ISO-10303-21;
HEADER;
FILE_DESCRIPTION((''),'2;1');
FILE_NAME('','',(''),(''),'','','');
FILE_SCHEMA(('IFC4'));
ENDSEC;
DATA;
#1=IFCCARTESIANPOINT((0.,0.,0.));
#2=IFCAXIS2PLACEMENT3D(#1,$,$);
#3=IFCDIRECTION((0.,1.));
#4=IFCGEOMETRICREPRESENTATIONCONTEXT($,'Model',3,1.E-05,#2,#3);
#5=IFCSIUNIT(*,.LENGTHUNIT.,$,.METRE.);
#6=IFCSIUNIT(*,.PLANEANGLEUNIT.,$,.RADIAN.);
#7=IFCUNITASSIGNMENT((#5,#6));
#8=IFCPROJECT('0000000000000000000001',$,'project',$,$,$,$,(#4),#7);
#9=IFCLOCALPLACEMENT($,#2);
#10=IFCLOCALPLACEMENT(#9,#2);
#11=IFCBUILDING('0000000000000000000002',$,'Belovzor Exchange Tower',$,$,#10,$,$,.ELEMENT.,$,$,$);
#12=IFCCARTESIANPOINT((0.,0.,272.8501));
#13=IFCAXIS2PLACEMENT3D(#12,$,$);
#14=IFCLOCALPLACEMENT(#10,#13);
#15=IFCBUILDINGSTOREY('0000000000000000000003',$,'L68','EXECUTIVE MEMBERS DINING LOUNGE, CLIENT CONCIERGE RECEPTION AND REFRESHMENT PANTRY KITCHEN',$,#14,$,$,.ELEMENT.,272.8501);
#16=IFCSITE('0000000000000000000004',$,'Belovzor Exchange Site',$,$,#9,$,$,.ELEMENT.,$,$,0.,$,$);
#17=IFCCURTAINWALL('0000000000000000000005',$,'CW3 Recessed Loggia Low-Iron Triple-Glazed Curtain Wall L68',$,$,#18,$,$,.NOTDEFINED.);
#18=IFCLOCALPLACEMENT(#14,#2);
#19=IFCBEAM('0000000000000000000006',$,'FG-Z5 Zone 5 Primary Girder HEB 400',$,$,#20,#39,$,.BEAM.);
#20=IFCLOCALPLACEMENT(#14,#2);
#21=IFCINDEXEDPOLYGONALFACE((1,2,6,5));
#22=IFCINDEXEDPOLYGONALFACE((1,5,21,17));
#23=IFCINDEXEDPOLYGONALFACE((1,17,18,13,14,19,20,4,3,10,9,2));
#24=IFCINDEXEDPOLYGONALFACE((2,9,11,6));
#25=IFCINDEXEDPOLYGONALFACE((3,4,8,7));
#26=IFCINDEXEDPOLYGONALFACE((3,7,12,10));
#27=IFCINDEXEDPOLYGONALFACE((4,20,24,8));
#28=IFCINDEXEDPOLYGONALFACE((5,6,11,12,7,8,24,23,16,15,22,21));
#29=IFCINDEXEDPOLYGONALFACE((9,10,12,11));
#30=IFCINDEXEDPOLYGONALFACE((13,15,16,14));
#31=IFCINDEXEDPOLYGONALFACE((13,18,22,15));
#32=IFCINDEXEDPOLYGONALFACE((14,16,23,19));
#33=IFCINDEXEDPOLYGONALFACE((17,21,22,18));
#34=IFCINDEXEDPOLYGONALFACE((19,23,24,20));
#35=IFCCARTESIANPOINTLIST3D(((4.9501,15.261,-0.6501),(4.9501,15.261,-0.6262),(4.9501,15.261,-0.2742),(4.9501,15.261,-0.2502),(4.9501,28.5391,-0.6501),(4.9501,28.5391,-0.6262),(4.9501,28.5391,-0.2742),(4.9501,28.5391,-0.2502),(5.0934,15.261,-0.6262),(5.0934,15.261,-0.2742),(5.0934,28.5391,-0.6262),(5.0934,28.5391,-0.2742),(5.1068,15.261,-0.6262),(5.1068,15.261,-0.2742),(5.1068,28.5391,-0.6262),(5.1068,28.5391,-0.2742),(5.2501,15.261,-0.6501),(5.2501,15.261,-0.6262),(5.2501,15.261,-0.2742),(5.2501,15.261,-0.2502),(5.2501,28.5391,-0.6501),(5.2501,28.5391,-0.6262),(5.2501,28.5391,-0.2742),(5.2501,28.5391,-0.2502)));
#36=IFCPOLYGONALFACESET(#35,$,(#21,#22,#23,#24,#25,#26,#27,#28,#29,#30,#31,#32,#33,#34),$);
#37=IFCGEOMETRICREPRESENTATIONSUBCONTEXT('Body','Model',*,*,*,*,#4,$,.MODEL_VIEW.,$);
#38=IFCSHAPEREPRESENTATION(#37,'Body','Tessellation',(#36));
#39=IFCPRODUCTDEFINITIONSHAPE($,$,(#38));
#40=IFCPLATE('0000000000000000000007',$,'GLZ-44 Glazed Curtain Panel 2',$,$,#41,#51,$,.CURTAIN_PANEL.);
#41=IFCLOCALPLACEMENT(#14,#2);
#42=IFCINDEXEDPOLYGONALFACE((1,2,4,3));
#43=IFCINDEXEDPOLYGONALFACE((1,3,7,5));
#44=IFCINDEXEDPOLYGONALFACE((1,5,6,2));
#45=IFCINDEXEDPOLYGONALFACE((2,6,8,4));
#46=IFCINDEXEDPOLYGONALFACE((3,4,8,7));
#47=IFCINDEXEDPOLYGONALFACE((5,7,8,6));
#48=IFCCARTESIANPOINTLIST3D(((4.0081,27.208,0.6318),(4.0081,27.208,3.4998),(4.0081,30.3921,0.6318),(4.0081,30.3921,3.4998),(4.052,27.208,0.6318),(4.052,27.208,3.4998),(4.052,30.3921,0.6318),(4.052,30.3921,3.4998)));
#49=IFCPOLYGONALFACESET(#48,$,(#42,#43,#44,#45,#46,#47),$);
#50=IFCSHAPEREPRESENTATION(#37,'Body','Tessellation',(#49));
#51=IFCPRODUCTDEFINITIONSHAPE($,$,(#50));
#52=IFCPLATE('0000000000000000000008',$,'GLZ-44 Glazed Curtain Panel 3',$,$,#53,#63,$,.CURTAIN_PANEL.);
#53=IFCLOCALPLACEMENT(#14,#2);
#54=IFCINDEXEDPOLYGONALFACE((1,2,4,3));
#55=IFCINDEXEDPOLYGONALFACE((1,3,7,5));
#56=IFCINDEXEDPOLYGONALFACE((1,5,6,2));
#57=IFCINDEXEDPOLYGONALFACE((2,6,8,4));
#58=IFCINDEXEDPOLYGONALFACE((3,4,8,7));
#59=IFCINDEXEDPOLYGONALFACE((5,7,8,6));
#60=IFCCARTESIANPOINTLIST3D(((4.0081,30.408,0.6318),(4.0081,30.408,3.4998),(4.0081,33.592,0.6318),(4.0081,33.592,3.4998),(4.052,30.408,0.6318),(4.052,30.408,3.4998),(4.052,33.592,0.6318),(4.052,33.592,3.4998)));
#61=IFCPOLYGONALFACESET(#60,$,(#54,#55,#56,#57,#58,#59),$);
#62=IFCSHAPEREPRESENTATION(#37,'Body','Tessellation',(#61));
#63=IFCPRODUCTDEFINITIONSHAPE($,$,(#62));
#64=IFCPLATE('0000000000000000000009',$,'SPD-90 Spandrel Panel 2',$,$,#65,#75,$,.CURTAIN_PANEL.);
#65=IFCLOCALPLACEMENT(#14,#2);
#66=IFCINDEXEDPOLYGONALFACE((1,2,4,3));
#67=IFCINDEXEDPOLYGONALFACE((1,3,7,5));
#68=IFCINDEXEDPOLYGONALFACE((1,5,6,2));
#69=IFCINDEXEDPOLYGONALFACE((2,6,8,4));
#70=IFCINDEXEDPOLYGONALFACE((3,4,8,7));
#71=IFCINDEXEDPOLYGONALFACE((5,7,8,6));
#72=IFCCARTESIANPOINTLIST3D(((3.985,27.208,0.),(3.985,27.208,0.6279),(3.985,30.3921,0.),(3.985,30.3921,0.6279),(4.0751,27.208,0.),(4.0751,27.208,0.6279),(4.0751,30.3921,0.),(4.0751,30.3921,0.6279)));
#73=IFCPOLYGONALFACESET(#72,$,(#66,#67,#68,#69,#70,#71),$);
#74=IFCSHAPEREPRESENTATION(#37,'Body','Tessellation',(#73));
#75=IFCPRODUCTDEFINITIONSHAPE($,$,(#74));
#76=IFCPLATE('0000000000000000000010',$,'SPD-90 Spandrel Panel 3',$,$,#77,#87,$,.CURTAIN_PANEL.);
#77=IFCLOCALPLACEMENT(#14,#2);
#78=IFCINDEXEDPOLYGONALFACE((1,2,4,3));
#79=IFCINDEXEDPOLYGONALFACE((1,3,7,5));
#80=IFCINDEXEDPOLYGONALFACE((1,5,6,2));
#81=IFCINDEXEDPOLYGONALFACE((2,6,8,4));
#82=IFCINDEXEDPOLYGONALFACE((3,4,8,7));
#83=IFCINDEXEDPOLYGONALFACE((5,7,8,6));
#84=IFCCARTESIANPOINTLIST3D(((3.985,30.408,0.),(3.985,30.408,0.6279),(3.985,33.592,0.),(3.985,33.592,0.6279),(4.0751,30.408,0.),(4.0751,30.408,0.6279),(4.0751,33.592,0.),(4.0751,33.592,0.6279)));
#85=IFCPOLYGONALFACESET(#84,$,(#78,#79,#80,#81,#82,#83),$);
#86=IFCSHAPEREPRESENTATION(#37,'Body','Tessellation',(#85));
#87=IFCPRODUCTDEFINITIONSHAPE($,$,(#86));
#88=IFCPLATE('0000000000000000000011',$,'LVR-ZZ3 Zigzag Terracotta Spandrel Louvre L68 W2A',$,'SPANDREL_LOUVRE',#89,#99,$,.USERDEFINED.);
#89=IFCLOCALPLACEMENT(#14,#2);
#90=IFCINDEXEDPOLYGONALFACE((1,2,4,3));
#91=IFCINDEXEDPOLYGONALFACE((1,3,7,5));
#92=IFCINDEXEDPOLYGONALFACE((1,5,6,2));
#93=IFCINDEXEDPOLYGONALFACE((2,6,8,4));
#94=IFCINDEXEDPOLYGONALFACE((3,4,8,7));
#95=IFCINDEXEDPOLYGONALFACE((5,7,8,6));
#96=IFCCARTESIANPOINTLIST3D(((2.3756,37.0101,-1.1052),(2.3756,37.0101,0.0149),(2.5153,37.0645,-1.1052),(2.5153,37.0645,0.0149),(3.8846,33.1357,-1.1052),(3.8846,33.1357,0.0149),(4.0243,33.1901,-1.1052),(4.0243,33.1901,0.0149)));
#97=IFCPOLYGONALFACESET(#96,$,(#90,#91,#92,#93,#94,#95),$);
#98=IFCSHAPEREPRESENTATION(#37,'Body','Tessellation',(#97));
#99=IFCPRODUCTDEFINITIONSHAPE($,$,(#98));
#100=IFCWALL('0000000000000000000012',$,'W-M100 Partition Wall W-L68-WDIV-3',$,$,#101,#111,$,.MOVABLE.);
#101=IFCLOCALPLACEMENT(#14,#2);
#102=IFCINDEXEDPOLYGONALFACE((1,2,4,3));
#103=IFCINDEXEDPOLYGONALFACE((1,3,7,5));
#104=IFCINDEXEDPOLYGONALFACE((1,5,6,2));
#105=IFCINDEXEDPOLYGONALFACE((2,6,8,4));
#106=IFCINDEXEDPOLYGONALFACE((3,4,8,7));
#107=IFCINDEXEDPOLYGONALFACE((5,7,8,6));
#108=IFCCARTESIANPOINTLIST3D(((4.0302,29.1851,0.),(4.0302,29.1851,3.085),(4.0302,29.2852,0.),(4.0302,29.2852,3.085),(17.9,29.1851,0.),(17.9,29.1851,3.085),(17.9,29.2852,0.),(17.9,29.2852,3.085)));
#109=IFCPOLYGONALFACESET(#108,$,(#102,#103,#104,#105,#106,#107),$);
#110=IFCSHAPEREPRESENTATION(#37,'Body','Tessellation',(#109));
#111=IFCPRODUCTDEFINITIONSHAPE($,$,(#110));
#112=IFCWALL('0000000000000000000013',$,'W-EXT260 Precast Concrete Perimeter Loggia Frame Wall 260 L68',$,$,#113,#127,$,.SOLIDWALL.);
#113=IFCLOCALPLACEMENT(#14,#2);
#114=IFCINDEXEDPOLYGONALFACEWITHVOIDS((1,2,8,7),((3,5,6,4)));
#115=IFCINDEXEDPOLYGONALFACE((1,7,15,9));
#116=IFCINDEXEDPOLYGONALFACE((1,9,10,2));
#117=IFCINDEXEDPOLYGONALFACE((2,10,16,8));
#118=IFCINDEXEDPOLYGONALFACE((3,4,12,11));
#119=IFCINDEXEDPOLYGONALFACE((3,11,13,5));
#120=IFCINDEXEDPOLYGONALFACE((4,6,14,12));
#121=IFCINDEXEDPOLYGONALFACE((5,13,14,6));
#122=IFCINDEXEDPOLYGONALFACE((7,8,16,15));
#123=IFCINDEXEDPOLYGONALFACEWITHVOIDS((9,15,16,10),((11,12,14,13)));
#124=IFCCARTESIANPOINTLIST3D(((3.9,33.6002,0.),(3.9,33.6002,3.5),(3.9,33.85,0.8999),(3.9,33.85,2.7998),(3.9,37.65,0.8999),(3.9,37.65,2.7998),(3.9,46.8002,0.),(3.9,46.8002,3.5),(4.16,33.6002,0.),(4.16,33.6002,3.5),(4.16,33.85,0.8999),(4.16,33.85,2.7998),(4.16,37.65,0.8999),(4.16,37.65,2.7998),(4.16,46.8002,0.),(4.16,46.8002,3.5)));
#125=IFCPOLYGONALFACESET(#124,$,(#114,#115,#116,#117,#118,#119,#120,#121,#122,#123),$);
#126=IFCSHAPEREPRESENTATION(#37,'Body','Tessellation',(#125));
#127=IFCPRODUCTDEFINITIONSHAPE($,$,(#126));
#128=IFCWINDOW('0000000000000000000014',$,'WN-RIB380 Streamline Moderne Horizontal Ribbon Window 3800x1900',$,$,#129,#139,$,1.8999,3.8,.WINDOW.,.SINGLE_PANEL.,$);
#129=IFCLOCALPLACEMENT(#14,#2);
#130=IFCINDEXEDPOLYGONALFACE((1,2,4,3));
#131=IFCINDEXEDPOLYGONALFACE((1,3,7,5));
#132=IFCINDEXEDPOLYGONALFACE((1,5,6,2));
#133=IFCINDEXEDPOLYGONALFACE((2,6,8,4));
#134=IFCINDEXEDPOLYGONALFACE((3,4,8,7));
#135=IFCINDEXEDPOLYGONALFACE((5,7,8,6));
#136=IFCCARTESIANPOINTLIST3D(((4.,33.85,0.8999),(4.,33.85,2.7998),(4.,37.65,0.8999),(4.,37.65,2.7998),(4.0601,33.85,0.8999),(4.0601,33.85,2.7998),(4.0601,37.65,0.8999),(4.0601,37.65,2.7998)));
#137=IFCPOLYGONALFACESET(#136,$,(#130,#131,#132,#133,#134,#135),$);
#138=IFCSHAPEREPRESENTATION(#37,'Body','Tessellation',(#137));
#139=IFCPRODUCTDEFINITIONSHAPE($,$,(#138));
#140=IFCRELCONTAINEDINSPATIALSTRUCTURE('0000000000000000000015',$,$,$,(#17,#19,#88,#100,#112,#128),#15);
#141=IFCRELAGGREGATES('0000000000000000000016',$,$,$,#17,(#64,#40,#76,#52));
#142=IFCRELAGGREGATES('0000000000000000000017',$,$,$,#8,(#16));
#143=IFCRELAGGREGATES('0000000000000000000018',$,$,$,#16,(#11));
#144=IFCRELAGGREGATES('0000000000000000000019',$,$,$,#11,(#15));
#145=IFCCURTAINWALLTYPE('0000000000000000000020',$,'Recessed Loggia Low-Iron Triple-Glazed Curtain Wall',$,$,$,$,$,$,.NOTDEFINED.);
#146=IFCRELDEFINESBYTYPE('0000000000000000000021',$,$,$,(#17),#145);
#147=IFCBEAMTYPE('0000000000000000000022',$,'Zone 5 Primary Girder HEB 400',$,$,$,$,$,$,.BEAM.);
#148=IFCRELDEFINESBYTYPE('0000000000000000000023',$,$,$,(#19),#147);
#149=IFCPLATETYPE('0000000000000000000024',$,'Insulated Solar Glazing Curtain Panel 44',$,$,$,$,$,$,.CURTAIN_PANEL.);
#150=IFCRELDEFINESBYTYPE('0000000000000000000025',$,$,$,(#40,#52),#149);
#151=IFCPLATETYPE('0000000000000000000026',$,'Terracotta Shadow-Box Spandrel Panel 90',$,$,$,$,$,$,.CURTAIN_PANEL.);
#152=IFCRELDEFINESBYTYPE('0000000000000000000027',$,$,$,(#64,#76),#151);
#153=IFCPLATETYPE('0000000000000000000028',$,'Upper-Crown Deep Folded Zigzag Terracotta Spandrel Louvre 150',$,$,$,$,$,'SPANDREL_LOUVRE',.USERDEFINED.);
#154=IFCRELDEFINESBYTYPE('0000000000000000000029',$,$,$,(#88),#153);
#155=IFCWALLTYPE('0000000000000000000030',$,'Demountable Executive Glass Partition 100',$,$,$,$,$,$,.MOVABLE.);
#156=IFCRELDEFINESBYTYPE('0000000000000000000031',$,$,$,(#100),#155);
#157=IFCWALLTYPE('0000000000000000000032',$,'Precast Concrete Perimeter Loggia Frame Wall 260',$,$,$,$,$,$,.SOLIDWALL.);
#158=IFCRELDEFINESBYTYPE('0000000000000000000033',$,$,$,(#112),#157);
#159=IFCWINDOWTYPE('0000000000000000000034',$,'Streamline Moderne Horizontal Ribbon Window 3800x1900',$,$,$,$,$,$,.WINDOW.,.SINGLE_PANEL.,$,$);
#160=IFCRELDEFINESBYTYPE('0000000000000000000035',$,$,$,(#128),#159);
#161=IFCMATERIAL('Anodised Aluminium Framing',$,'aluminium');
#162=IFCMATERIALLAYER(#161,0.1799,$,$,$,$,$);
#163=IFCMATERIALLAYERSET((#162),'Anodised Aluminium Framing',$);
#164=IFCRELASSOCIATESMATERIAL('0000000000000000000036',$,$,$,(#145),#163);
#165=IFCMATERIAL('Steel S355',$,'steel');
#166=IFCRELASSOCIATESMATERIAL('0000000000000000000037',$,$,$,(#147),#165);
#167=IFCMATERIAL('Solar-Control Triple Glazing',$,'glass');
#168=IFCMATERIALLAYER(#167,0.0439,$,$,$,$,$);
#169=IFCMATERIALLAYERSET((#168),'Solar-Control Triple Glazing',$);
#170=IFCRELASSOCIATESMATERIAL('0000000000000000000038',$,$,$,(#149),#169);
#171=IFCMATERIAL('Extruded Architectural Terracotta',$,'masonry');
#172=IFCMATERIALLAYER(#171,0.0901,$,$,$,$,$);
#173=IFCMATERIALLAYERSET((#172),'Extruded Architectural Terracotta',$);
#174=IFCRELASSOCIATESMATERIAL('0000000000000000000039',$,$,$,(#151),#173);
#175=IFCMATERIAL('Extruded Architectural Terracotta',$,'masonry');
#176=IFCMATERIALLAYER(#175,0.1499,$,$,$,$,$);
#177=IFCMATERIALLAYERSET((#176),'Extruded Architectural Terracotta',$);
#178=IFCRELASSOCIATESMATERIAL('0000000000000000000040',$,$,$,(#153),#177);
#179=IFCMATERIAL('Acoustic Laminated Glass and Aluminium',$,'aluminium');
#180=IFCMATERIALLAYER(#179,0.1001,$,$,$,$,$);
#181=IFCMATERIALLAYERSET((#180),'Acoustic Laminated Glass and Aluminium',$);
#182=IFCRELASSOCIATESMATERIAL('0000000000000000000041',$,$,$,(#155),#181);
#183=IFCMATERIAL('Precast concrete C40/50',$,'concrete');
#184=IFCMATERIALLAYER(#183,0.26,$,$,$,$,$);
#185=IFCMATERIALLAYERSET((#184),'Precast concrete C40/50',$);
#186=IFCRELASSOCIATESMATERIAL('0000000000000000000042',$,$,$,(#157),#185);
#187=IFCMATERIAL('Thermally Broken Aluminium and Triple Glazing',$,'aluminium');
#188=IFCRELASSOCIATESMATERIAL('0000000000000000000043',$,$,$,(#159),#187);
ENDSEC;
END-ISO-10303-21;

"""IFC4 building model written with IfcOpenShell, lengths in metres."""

from ifc_helpers import new_model, si_unit, direction, frame, frame_2d, origin, origin_2d, place, context, subcontext, project, spatial, rectangle, i_section, extrude, material, layer, layer_set, material_profile, profile_set, type_object, element, fill, aggregate, save


model = new_model("IFC4")

# Units and contexts
model_context = context("Model", 3, precision=1e-05, world=origin(), true_north=direction((0.0, 1.0)))
body_context = subcontext(model_context, "Body", "Model", "MODEL_VIEW")
ifc_project = project(units=[si_unit("LENGTHUNIT", "METRE"), si_unit("PLANEANGLEUNIT", "RADIAN")], contexts=[model_context])

# Site, building, storey
site_placement = place(None, origin())
site = spatial("IfcSite", under=ifc_project, at=site_placement, Name="Belovzor Exchange Site", CompositionType="ELEMENT", RefElevation=0.0)
building_placement = place(site_placement, origin())
building = spatial("IfcBuilding", under=site, at=building_placement, Name="Belovzor Exchange Tower", CompositionType="ELEMENT")
storey_placement = place(building_placement, frame((0.0, 0.0, 272.8501)))
storey = spatial("IfcBuildingStorey", under=building, at=storey_placement, Name="L68", Description="EXECUTIVE MEMBERS DINING LOUNGE, CLIENT CONCIERGE RECEPTION AND REFRESHMENT PANTRY KITCHEN", CompositionType="ELEMENT", Elevation=272.8501)

# Curtain wall
ifc_material_1 = material(Name="Anodised Aluminium Framing", Category="aluminium")
ifc_layer_1 = layer(ifc_material_1, 0.1799)
ifc_layer_set_1 = layer_set([ifc_layer_1], Name="Anodised Aluminium Framing")
curtain_wall_type = type_object("IfcCurtainWallType", Name="Recessed Loggia Low-Iron Triple-Glazed Curtain Wall", PredefinedType="NOTDEFINED", material=ifc_layer_set_1)
curtain_wall_placement = place(storey_placement, origin())
curtain_wall = element("IfcCurtainWall", 1, at=curtain_wall_placement, inside=storey, type_object=curtain_wall_type, Name="CW3 Recessed Loggia Low-Iron Triple-Glazed Curtain Wall L68", PredefinedType="NOTDEFINED")

# Beam
ifc_material_2 = material(Name="Steel S355", Category="steel")
ifc_material_profile_1 = material_profile(ifc_material_2, i_section(OverallWidth=0.3, OverallDepth=0.3999, WebThickness=0.0134, FlangeThickness=0.0239, at=origin_2d()))
ifc_profile_set_1 = profile_set([ifc_material_profile_1], Name="Steel S355")
beam_type_1 = type_object("IfcBeamType", Name="Zone 5 Primary Girder HEB 400", PredefinedType="BEAM", material=ifc_profile_set_1)
beam_1_placement = place(storey_placement, frame((5.1001, 28.5391, -0.4502), z_axis=(0.0, -1.0, 0.0), x_axis=(1.0, 0.0, 0.0)))
element("IfcBeam", 2, at=beam_1_placement, inside=storey, type_object=beam_type_1, Name="FG-Z5 Zone 5 Primary Girder HEB 400", PredefinedType="BEAM", context=body_context, shape_type="SweptSolid", body=[
    extrude(i_section(OverallWidth=0.3, OverallDepth=0.3999, WebThickness=0.0134, FlangeThickness=0.0239, at=origin_2d()), origin(), (0.0, 0.0, 1.0), 13.2781),
])

# Plates
ifc_material_3 = material(Name="Solar-Control Triple Glazing", Category="glass")
ifc_layer_2 = layer(ifc_material_3, 0.0439)
ifc_layer_set_2 = layer_set([ifc_layer_2], Name="Solar-Control Triple Glazing")
plate_type_1 = type_object("IfcPlateType", Name="Insulated Solar Glazing Curtain Panel 44", PredefinedType="CURTAIN_PANEL", material=ifc_layer_set_2)
plate_1_placement = place(storey_placement, frame((4.03, 28.8, 0.6318), z_axis=(0.0, 0.0, 1.0), x_axis=(0.0, 1.0, 0.0)))
plate_1 = element("IfcPlate", 3, at=plate_1_placement, type_object=plate_type_1, Name="GLZ-44 Glazed Curtain Panel 2", PredefinedType="CURTAIN_PANEL", context=body_context, shape_type="SweptSolid", body=[
    extrude(rectangle(XDim=3.1841, YDim=0.0439, at=origin_2d()), origin(), (0.0, 0.0, 1.0), 2.8679),
])
plate_2_placement = place(storey_placement, frame((4.03, 32.0, 0.6318), z_axis=(0.0, 0.0, 1.0), x_axis=(0.0, 1.0, 0.0)))
plate_2 = element("IfcPlate", 4, at=plate_2_placement, type_object=plate_type_1, Name="GLZ-44 Glazed Curtain Panel 3", PredefinedType="CURTAIN_PANEL", context=body_context, shape_type="SweptSolid", body=[
    extrude(rectangle(XDim=3.1841, YDim=0.0439, at=origin_2d()), origin(), (0.0, 0.0, 1.0), 2.8679),
])
ifc_material_4 = material(Name="Extruded Architectural Terracotta", Category="masonry")
ifc_layer_3 = layer(ifc_material_4, 0.0901)
ifc_layer_set_3 = layer_set([ifc_layer_3], Name="Extruded Architectural Terracotta")
plate_type_2 = type_object("IfcPlateType", Name="Terracotta Shadow-Box Spandrel Panel 90", PredefinedType="CURTAIN_PANEL", material=ifc_layer_set_3)
plate_3_placement = place(storey_placement, frame((4.03, 28.8, 0.0), z_axis=(0.0, 0.0, 1.0), x_axis=(0.0, 1.0, 0.0)))
plate_3 = element("IfcPlate", 5, at=plate_3_placement, type_object=plate_type_2, Name="SPD-90 Spandrel Panel 2", PredefinedType="CURTAIN_PANEL", context=body_context, shape_type="SweptSolid", body=[
    extrude(rectangle(XDim=3.1841, YDim=0.0901, at=origin_2d()), origin(), (0.0, 0.0, 1.0), 0.6279),
])
plate_4_placement = place(storey_placement, frame((4.03, 32.0, 0.0), z_axis=(0.0, 0.0, 1.0), x_axis=(0.0, 1.0, 0.0)))
plate_4 = element("IfcPlate", 6, at=plate_4_placement, type_object=plate_type_2, Name="SPD-90 Spandrel Panel 3", PredefinedType="CURTAIN_PANEL", context=body_context, shape_type="SweptSolid", body=[
    extrude(rectangle(XDim=3.1841, YDim=0.0901, at=origin_2d()), origin(), (0.0, 0.0, 1.0), 0.6279),
])
aggregate(curtain_wall, [plate_3, plate_1, plate_4, plate_2])
ifc_material_5 = material(Name="Extruded Architectural Terracotta", Category="masonry")
ifc_layer_4 = layer(ifc_material_5, 0.1499)
ifc_layer_set_4 = layer_set([ifc_layer_4], Name="Extruded Architectural Terracotta")
plate_type_3 = type_object("IfcPlateType", Name="Upper-Crown Deep Folded Zigzag Terracotta Spandrel Louvre 150", ElementType="SPANDREL_LOUVRE", PredefinedType="USERDEFINED", material=ifc_layer_set_4)
plate_5_placement = place(storey_placement, frame((3.2, 35.1001, -1.1052), z_axis=(0.0, 0.0, 1.0), x_axis=(-0.362926, 0.931818, 0.0)))
element("IfcPlate", 7, at=plate_5_placement, inside=storey, type_object=plate_type_3, Name="LVR-ZZ3 Zigzag Terracotta Spandrel Louvre L68 W2A", ObjectType="SPANDREL_LOUVRE", PredefinedType="USERDEFINED", context=body_context, shape_type="SweptSolid", body=[
    extrude(rectangle(XDim=4.158, YDim=0.1499, at=origin_2d()), origin(), (0.0, 0.0, 1.0), 1.1201),
])

# Wall
ifc_material_6 = material(Name="Acoustic Laminated Glass and Aluminium", Category="aluminium")
ifc_layer_5 = layer(ifc_material_6, 0.1001)
ifc_layer_set_5 = layer_set([ifc_layer_5], Name="Acoustic Laminated Glass and Aluminium")
wall_type_1 = type_object("IfcWallType", Name="Demountable Executive Glass Partition 100", PredefinedType="MOVABLE", material=ifc_layer_set_5)
wall_1_placement = place(storey_placement, frame((4.03, 29.2351, 0.0), z_axis=(0.0, 0.0, 1.0), x_axis=(1.0, 0.0, 0.0)))
element("IfcWall", 8, at=wall_1_placement, inside=storey, type_object=wall_type_1, Name="W-M100 Partition Wall W-L68-WDIV-3", PredefinedType="MOVABLE", context=body_context, shape_type="SweptSolid", body=[
    extrude(rectangle(XDim=13.8699, YDim=0.1001, at=frame_2d((6.9351, 0.0))), origin(), (0.0, 0.0, 1.0), 3.085),
])

# Wall, opening, window
ifc_material_7 = material(Name="Precast concrete C40/50", Category="concrete")
ifc_layer_6 = layer(ifc_material_7, 0.26)
ifc_layer_set_6 = layer_set([ifc_layer_6], Name="Precast concrete C40/50")
wall_type_2 = type_object("IfcWallType", Name="Precast Concrete Perimeter Loggia Frame Wall 260", PredefinedType="SOLIDWALL", material=ifc_layer_set_6)
wall_2_placement = place(storey_placement, frame((4.03, 33.6001, 0.0), z_axis=(0.0, 0.0, 1.0), x_axis=(0.0, 1.0, 0.0)))
wall_2 = element("IfcWall", 9, at=wall_2_placement, inside=storey, type_object=wall_type_2, Name="W-EXT260 Precast Concrete Perimeter Loggia Frame Wall 260 L68", PredefinedType="SOLIDWALL", context=body_context, shape_type="SweptSolid", body=[
    extrude(rectangle(XDim=13.2, YDim=0.26, at=frame_2d((6.6001, 0.0))), origin(), (0.0, 0.0, 1.0), 3.5),
])
opening_placement = place(wall_2_placement, frame((0.25, 0.0, 0.8999)))
opening = element("IfcOpeningElement", 10, at=opening_placement, cuts=wall_2, PredefinedType="OPENING", context=body_context, shape_type="SweptSolid", body=[
    extrude(rectangle(XDim=3.8, YDim=1.8999, at=frame_2d((1.8999, 0.95))), frame((0.0, 0.1399, 0.0), z_axis=(0.0, -1.0, 0.0), x_axis=(1.0, 0.0, 0.0)), (0.0, 0.0, 1.0), 0.28),
])
ifc_material_8 = material(Name="Thermally Broken Aluminium and Triple Glazing", Category="aluminium")
window_type = type_object("IfcWindowType", Name="Streamline Moderne Horizontal Ribbon Window 3800x1900", PartitioningType="SINGLE_PANEL", PredefinedType="WINDOW", material=ifc_material_8)
window_placement = place(opening_placement, origin())
window = element("IfcWindow", 11, at=window_placement, inside=storey, type_object=window_type, Name="WN-RIB380 Streamline Moderne Horizontal Ribbon Window 3800x1900", OverallHeight=1.8999, OverallWidth=3.8, PartitioningType="SINGLE_PANEL", PredefinedType="WINDOW", context=body_context, shape_type="SweptSolid", body=[
    extrude(rectangle(XDim=3.8, YDim=1.8999, at=frame_2d((1.8999, 0.95))), frame((0.0, 0.03, 0.0), z_axis=(0.0, -1.0, 0.0), x_axis=(1.0, 0.0, 0.0)), (0.0, 0.0, 1.0), 0.0601),
])
fill(opening, window)

save(model, "model.ifc")
